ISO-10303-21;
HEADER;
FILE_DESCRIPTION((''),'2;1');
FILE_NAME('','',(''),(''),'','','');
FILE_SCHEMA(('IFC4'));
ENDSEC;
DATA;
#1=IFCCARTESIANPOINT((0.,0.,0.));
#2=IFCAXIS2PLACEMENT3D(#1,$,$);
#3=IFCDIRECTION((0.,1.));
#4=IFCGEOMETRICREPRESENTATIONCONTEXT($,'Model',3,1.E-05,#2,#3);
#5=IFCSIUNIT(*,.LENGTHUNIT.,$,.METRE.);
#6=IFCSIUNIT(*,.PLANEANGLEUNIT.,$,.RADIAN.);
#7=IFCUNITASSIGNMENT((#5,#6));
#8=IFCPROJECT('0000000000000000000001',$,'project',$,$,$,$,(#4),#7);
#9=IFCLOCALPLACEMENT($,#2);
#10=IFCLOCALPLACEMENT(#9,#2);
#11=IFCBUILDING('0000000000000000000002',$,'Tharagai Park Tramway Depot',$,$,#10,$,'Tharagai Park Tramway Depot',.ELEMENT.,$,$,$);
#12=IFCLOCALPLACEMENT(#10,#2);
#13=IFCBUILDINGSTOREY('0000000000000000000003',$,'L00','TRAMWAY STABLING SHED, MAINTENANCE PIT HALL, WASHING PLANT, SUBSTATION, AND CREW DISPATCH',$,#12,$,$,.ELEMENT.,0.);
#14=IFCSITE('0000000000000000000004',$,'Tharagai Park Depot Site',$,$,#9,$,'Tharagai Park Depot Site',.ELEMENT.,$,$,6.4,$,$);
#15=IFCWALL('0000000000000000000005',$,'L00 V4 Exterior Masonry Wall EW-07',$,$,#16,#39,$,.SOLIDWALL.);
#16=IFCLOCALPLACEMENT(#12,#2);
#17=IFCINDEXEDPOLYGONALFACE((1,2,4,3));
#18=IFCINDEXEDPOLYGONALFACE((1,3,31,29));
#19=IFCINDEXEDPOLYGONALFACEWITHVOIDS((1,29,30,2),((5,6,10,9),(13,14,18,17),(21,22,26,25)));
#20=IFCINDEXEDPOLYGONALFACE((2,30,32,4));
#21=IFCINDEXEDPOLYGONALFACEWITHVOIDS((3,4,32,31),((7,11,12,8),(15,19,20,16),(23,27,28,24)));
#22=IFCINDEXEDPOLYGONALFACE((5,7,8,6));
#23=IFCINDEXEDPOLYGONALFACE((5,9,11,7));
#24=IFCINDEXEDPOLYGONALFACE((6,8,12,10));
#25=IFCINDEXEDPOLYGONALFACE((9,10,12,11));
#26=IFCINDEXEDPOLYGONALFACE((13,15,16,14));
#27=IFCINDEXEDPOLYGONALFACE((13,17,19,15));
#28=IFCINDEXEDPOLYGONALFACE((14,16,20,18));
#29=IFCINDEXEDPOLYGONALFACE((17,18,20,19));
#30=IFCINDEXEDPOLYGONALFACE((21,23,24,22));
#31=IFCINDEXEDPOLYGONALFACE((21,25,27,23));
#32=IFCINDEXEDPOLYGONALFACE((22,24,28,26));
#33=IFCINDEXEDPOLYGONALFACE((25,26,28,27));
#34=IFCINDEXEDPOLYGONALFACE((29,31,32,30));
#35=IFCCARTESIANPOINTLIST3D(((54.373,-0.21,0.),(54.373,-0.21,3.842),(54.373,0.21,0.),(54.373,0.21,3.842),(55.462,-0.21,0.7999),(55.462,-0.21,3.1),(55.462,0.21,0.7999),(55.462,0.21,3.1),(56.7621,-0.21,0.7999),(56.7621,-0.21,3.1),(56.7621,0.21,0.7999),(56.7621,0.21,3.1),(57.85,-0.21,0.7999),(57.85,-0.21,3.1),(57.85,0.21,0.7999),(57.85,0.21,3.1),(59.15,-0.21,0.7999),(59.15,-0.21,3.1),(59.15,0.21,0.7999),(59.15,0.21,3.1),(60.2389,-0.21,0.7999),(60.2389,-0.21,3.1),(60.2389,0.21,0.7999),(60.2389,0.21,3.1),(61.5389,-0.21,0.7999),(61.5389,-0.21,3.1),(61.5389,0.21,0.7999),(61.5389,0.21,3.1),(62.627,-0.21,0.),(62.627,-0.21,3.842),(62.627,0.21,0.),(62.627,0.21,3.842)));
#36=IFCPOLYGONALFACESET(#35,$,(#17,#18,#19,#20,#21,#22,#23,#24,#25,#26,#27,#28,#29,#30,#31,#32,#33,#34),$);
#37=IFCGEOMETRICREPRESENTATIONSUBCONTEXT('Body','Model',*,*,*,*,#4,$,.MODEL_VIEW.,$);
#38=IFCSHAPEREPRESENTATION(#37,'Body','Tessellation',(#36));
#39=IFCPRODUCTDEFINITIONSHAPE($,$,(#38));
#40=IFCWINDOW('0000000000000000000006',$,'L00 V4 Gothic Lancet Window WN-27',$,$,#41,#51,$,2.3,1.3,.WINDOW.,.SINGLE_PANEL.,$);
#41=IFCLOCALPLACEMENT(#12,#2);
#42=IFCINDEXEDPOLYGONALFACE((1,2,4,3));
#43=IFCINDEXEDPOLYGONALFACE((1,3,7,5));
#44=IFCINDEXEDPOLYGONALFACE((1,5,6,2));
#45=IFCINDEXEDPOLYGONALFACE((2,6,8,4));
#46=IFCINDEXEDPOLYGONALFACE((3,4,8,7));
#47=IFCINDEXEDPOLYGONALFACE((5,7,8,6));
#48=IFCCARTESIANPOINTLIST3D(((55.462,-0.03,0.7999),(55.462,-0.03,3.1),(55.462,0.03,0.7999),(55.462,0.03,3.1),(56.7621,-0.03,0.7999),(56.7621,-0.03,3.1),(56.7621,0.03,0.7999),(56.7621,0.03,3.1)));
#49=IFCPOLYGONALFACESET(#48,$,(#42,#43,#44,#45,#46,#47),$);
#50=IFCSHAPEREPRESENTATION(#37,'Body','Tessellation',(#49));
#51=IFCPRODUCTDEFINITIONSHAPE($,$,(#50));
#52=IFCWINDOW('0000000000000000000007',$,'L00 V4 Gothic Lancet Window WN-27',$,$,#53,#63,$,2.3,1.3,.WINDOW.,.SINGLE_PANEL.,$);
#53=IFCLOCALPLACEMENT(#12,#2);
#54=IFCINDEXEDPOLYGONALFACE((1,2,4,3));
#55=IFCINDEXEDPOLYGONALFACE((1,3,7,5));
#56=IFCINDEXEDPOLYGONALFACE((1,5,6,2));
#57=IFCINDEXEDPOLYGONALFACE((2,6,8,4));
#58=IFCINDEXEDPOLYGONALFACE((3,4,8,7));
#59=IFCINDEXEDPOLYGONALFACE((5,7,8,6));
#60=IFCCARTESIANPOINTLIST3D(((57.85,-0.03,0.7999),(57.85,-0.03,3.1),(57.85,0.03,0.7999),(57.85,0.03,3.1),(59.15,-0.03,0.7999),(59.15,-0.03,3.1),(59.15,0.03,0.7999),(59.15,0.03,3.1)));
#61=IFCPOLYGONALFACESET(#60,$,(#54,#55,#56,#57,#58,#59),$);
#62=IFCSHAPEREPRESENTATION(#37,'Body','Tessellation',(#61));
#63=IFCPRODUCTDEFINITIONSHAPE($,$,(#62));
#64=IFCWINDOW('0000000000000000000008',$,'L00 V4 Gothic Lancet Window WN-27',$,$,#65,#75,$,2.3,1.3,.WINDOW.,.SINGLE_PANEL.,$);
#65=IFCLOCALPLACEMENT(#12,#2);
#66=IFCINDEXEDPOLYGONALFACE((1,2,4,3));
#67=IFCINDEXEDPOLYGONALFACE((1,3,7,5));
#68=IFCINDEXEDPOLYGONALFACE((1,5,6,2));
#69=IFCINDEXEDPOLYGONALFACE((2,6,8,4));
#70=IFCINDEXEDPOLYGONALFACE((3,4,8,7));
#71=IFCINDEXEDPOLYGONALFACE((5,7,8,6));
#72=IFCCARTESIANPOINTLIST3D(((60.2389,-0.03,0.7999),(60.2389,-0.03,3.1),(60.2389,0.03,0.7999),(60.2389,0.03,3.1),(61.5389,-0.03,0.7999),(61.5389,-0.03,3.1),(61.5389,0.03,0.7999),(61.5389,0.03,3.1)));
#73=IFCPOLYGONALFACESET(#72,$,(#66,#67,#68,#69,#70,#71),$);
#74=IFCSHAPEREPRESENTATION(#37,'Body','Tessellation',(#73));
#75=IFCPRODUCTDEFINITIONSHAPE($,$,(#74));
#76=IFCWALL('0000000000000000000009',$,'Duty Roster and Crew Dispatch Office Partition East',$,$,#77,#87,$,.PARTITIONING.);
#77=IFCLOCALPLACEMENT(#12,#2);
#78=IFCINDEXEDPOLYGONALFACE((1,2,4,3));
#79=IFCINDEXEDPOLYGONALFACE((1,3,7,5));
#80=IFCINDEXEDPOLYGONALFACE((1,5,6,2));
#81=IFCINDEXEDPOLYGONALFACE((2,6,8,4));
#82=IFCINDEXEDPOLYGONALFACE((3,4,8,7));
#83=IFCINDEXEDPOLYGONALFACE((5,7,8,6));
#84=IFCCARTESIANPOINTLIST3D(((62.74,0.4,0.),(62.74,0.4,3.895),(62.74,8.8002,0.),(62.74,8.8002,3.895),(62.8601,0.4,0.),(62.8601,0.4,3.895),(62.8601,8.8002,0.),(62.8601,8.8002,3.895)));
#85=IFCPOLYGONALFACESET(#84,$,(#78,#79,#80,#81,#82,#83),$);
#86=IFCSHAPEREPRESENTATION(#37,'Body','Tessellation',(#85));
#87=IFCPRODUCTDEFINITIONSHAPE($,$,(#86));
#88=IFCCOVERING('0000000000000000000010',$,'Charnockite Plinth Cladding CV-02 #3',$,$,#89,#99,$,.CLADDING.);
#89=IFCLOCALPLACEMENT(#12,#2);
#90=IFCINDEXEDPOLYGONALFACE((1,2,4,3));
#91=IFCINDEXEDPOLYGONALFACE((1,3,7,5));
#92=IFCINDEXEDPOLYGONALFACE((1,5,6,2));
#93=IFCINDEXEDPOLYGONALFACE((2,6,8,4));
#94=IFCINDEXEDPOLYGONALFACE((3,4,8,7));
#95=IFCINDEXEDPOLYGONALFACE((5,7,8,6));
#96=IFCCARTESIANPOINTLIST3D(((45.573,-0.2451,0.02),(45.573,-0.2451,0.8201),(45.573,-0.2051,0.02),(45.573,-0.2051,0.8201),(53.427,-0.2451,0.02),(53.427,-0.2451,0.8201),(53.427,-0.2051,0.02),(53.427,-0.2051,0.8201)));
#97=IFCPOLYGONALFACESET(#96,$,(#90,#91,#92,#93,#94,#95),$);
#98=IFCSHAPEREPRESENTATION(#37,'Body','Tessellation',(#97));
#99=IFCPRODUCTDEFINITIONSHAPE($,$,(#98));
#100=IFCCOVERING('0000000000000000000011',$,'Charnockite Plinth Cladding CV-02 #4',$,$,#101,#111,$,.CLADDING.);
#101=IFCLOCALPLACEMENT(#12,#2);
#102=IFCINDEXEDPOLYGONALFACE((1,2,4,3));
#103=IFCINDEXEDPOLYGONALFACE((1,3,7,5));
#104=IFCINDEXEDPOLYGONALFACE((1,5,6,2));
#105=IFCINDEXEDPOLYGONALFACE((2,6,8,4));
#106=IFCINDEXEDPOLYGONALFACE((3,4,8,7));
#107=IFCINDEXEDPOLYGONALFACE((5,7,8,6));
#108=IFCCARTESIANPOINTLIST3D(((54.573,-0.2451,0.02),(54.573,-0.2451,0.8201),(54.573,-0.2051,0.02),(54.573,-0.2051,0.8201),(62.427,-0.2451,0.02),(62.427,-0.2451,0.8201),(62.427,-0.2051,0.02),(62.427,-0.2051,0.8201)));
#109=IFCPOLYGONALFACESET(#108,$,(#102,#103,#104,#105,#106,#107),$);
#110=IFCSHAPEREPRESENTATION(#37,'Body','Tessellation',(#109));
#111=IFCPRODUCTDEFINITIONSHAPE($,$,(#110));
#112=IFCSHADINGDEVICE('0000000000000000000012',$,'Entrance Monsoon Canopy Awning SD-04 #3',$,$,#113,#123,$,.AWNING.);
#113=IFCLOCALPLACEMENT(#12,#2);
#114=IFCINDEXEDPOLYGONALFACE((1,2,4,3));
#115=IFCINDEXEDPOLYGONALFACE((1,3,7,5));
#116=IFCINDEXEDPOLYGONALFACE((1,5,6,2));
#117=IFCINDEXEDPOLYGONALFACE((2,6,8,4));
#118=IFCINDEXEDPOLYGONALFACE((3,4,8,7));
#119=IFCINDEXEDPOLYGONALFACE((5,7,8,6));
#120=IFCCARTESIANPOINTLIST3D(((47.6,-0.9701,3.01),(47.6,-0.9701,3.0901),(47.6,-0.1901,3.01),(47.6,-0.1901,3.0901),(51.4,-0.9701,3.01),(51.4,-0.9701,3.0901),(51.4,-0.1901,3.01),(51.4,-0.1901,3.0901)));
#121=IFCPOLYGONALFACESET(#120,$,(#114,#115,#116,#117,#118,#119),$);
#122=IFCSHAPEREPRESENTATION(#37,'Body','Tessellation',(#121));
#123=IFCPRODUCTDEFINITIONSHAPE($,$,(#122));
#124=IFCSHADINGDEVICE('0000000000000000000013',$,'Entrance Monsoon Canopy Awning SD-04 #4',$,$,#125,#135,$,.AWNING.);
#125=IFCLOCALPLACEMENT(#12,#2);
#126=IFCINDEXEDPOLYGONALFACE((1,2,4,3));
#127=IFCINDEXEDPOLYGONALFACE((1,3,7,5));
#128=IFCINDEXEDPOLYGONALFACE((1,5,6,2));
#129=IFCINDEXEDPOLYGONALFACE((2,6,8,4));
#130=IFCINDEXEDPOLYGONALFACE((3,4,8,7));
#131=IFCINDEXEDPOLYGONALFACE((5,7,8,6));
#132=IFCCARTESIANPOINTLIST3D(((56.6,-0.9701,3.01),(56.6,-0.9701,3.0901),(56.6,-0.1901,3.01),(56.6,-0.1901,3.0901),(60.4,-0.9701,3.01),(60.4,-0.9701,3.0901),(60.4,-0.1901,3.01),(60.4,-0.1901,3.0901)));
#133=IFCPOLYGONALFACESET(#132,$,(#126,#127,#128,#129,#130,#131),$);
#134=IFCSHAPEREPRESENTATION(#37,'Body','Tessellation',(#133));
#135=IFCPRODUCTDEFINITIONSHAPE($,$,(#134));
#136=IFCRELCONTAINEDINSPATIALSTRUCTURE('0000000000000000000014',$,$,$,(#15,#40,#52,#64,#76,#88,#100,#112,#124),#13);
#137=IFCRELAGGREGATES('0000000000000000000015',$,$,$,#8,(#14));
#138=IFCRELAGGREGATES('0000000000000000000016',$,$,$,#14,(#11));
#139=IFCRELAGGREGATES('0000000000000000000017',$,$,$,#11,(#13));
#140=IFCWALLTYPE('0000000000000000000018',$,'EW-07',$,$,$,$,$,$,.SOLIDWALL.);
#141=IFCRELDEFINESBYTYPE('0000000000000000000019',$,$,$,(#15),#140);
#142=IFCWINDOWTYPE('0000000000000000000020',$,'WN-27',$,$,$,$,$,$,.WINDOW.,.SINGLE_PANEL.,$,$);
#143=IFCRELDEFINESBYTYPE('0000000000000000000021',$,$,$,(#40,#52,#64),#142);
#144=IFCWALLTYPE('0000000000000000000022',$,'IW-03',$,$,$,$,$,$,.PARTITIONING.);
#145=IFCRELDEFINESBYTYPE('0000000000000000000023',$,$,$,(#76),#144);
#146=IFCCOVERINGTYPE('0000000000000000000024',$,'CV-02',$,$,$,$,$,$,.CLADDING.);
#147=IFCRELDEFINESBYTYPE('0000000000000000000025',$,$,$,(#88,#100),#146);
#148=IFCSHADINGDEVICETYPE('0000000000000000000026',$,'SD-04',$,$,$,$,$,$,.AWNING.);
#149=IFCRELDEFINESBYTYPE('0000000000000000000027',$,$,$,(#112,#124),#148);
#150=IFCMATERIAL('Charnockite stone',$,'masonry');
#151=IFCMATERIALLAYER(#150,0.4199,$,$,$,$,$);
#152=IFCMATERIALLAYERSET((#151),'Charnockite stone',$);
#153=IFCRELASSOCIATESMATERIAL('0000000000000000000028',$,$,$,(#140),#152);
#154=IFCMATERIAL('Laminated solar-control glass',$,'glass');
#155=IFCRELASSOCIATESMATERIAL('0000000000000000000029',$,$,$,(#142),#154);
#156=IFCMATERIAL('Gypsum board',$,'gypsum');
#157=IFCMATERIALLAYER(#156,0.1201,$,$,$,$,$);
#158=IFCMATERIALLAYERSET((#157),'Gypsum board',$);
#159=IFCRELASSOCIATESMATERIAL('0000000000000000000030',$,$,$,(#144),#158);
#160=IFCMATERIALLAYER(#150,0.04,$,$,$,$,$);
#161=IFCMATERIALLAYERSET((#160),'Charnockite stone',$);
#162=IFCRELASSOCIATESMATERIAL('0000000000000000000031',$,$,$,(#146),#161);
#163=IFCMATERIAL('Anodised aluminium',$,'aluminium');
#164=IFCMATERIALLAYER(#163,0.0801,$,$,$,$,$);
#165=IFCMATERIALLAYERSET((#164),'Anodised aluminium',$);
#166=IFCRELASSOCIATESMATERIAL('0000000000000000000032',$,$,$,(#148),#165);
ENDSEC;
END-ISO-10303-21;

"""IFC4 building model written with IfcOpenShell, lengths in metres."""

from ifc_helpers import new_model, si_unit, direction, frame, frame_2d, origin, origin_2d, place, context, subcontext, project, spatial, rectangle, extrude, material, layer, layer_set, type_object, element, fill, save


model = new_model("IFC4")

# Units and contexts
model_context = context("Model", 3, precision=1e-05, world=origin(), true_north=direction((0.0, 1.0)))
body_context = subcontext(model_context, "Body", "Model", "MODEL_VIEW")
ifc_project = project(units=[si_unit("LENGTHUNIT", "METRE"), si_unit("PLANEANGLEUNIT", "RADIAN")], contexts=[model_context])

# Site, building, storey
site_placement = place(None, origin())
site = spatial("IfcSite", under=ifc_project, at=site_placement, Name="Tharagai Park Depot Site", LongName="Tharagai Park Depot Site", CompositionType="ELEMENT", RefElevation=6.4)
building_placement = place(site_placement, origin())
building = spatial("IfcBuilding", under=site, at=building_placement, Name="Tharagai Park Tramway Depot", LongName="Tharagai Park Tramway Depot", CompositionType="ELEMENT")
storey_placement = place(building_placement, origin())
storey = spatial("IfcBuildingStorey", under=building, at=storey_placement, Name="L00", Description="TRAMWAY STABLING SHED, MAINTENANCE PIT HALL, WASHING PLANT, SUBSTATION, AND CREW DISPATCH", CompositionType="ELEMENT", Elevation=0.0)

# Wall, openings, windows
ifc_material_1 = material(Name="Charnockite stone", Category="masonry")
ifc_layer_1 = layer(ifc_material_1, 0.4199)
ifc_layer_set_1 = layer_set([ifc_layer_1], Name="Charnockite stone")
wall_type_1 = type_object("IfcWallType", Name="EW-07", PredefinedType="SOLIDWALL", material=ifc_layer_set_1)
wall_1_placement = place(storey_placement, frame((54.373, 0.0, 0.0), z_axis=(0.0, 0.0, 1.0), x_axis=(1.0, 0.0, 0.0)))
wall_1 = element("IfcWall", 1, at=wall_1_placement, inside=storey, type_object=wall_type_1, Name="L00 V4 Exterior Masonry Wall EW-07", PredefinedType="SOLIDWALL", context=body_context, shape_type="SweptSolid", body=[
    extrude(rectangle(XDim=8.2539, YDim=0.4199, at=frame_2d((4.127, 0.0))), origin(), (0.0, 0.0, 1.0), 3.842),
])
opening_1_placement = place(wall_1_placement, frame((1.0891, 0.0, 0.8)))
opening_1 = element("IfcOpeningElement", 2, at=opening_1_placement, cuts=wall_1, PredefinedType="OPENING", context=body_context, shape_type="SweptSolid", body=[
    extrude(rectangle(XDim=1.3, YDim=2.3, at=frame_2d((0.6499, 1.1499))), frame((0.0, 0.22, 0.0), z_axis=(0.0, -1.0, 0.0), x_axis=(1.0, 0.0, 0.0)), (0.0, 0.0, 1.0), 0.4399),
])
opening_2_placement = place(wall_1_placement, frame((3.4771, 0.0, 0.8)))
opening_2 = element("IfcOpeningElement", 3, at=opening_2_placement, cuts=wall_1, PredefinedType="OPENING", context=body_context, shape_type="SweptSolid", body=[
    extrude(rectangle(XDim=1.3, YDim=2.3, at=frame_2d((0.6499, 1.1499))), frame((0.0, 0.22, 0.0), z_axis=(0.0, -1.0, 0.0), x_axis=(1.0, 0.0, 0.0)), (0.0, 0.0, 1.0), 0.4399),
])
opening_3_placement = place(wall_1_placement, frame((5.866, 0.0, 0.8)))
opening_3 = element("IfcOpeningElement", 4, at=opening_3_placement, cuts=wall_1, PredefinedType="OPENING", context=body_context, shape_type="SweptSolid", body=[
    extrude(rectangle(XDim=1.3, YDim=2.3, at=frame_2d((0.6499, 1.1499))), frame((0.0, 0.22, 0.0), z_axis=(0.0, -1.0, 0.0), x_axis=(1.0, 0.0, 0.0)), (0.0, 0.0, 1.0), 0.4399),
])
ifc_material_2 = material(Name="Laminated solar-control glass", Category="glass")
window_type = type_object("IfcWindowType", Name="WN-27", PartitioningType="SINGLE_PANEL", PredefinedType="WINDOW", material=ifc_material_2)
window_1_placement = place(opening_1_placement, origin())
window_1 = element("IfcWindow", 5, at=window_1_placement, inside=storey, type_object=window_type, Name="L00 V4 Gothic Lancet Window WN-27", OverallHeight=2.3, OverallWidth=1.3, PartitioningType="SINGLE_PANEL", PredefinedType="WINDOW", context=body_context, shape_type="SweptSolid", body=[
    extrude(rectangle(XDim=1.3, YDim=2.3, at=frame_2d((0.6499, 1.1499))), frame((0.0, 0.03, 0.0), z_axis=(0.0, -1.0, 0.0), x_axis=(1.0, 0.0, 0.0)), (0.0, 0.0, 1.0), 0.0601),
])
fill(opening_1, window_1)
window_2_placement = place(opening_2_placement, origin())
window_2 = element("IfcWindow", 6, at=window_2_placement, inside=storey, type_object=window_type, Name="L00 V4 Gothic Lancet Window WN-27", OverallHeight=2.3, OverallWidth=1.3, PartitioningType="SINGLE_PANEL", PredefinedType="WINDOW", context=body_context, shape_type="SweptSolid", body=[
    extrude(rectangle(XDim=1.3, YDim=2.3, at=frame_2d((0.6499, 1.1499))), frame((0.0, 0.03, 0.0), z_axis=(0.0, -1.0, 0.0), x_axis=(1.0, 0.0, 0.0)), (0.0, 0.0, 1.0), 0.0601),
])
fill(opening_2, window_2)
window_3_placement = place(opening_3_placement, origin())
window_3 = element("IfcWindow", 7, at=window_3_placement, inside=storey, type_object=window_type, Name="L00 V4 Gothic Lancet Window WN-27", OverallHeight=2.3, OverallWidth=1.3, PartitioningType="SINGLE_PANEL", PredefinedType="WINDOW", context=body_context, shape_type="SweptSolid", body=[
    extrude(rectangle(XDim=1.3, YDim=2.3, at=frame_2d((0.6499, 1.1499))), frame((0.0, 0.03, 0.0), z_axis=(0.0, -1.0, 0.0), x_axis=(1.0, 0.0, 0.0)), (0.0, 0.0, 1.0), 0.0601),
])
fill(opening_3, window_3)

# Wall
ifc_material_3 = material(Name="Gypsum board", Category="gypsum")
ifc_layer_2 = layer(ifc_material_3, 0.1201)
ifc_layer_set_2 = layer_set([ifc_layer_2], Name="Gypsum board")
wall_type_2 = type_object("IfcWallType", Name="IW-03", PredefinedType="PARTITIONING", material=ifc_layer_set_2)
wall_2_placement = place(storey_placement, frame((62.8, 0.3999, 0.0), z_axis=(0.0, 0.0, 1.0), x_axis=(0.0, 1.0, 0.0)))
element("IfcWall", 8, at=wall_2_placement, inside=storey, type_object=wall_type_2, Name="Duty Roster and Crew Dispatch Office Partition East", PredefinedType="PARTITIONING", context=body_context, shape_type="SweptSolid", body=[
    extrude(rectangle(XDim=8.4001, YDim=0.1201, at=frame_2d((4.2002, 0.0))), origin(), (0.0, 0.0, 1.0), 3.895),
])

# Coverings
ifc_layer_3 = layer(ifc_material_1, 0.04)
ifc_layer_set_3 = layer_set([ifc_layer_3], Name="Charnockite stone")
covering_type = type_object("IfcCoveringType", Name="CV-02", PredefinedType="CLADDING", material=ifc_layer_set_3)
for number, where, z_axis, x_axis, name in (
    (9, (49.5, -0.2251, 0.02), (0.0, 0.0, 1.0), (1.0, 0.0, 0.0), "Charnockite Plinth Cladding CV-02 #3"),
    (10, (58.5, -0.2251, 0.02), (0.0, 0.0, 1.0), (1.0, 0.0, 0.0), "Charnockite Plinth Cladding CV-02 #4"),
):
    element("IfcCovering", number, at=place(storey_placement, frame(where, z_axis=z_axis, x_axis=x_axis)), inside=storey, type_object=covering_type, Name=name, PredefinedType="CLADDING", context=body_context, shape_type="SweptSolid", body=[
        extrude(rectangle(XDim=7.854, YDim=0.04, at=origin_2d()), origin(), (0.0, 0.0, 1.0), 0.8),
    ])

# Shading devices
ifc_material_4 = material(Name="Anodised aluminium", Category="aluminium")
ifc_layer_4 = layer(ifc_material_4, 0.0801)
ifc_layer_set_4 = layer_set([ifc_layer_4], Name="Anodised aluminium")
shading_device_type = type_object("IfcShadingDeviceType", Name="SD-04", PredefinedType="AWNING", material=ifc_layer_set_4)
for number, where, z_axis, x_axis, name in (
    (11, (49.5, -0.5801, 3.01), (0.0, 0.0, 1.0), (1.0, 0.0, 0.0), "Entrance Monsoon Canopy Awning SD-04 #3"),
    (12, (58.5, -0.5801, 3.01), (0.0, 0.0, 1.0), (1.0, 0.0, 0.0), "Entrance Monsoon Canopy Awning SD-04 #4"),
):
    element("IfcShadingDevice", number, at=place(storey_placement, frame(where, z_axis=z_axis, x_axis=x_axis)), inside=storey, type_object=shading_device_type, Name=name, PredefinedType="AWNING", context=body_context, shape_type="SweptSolid", body=[
        extrude(rectangle(XDim=3.8, YDim=0.78, at=origin_2d()), origin(), (0.0, 0.0, 1.0), 0.0801),
    ])

save(model, "model.ifc")
